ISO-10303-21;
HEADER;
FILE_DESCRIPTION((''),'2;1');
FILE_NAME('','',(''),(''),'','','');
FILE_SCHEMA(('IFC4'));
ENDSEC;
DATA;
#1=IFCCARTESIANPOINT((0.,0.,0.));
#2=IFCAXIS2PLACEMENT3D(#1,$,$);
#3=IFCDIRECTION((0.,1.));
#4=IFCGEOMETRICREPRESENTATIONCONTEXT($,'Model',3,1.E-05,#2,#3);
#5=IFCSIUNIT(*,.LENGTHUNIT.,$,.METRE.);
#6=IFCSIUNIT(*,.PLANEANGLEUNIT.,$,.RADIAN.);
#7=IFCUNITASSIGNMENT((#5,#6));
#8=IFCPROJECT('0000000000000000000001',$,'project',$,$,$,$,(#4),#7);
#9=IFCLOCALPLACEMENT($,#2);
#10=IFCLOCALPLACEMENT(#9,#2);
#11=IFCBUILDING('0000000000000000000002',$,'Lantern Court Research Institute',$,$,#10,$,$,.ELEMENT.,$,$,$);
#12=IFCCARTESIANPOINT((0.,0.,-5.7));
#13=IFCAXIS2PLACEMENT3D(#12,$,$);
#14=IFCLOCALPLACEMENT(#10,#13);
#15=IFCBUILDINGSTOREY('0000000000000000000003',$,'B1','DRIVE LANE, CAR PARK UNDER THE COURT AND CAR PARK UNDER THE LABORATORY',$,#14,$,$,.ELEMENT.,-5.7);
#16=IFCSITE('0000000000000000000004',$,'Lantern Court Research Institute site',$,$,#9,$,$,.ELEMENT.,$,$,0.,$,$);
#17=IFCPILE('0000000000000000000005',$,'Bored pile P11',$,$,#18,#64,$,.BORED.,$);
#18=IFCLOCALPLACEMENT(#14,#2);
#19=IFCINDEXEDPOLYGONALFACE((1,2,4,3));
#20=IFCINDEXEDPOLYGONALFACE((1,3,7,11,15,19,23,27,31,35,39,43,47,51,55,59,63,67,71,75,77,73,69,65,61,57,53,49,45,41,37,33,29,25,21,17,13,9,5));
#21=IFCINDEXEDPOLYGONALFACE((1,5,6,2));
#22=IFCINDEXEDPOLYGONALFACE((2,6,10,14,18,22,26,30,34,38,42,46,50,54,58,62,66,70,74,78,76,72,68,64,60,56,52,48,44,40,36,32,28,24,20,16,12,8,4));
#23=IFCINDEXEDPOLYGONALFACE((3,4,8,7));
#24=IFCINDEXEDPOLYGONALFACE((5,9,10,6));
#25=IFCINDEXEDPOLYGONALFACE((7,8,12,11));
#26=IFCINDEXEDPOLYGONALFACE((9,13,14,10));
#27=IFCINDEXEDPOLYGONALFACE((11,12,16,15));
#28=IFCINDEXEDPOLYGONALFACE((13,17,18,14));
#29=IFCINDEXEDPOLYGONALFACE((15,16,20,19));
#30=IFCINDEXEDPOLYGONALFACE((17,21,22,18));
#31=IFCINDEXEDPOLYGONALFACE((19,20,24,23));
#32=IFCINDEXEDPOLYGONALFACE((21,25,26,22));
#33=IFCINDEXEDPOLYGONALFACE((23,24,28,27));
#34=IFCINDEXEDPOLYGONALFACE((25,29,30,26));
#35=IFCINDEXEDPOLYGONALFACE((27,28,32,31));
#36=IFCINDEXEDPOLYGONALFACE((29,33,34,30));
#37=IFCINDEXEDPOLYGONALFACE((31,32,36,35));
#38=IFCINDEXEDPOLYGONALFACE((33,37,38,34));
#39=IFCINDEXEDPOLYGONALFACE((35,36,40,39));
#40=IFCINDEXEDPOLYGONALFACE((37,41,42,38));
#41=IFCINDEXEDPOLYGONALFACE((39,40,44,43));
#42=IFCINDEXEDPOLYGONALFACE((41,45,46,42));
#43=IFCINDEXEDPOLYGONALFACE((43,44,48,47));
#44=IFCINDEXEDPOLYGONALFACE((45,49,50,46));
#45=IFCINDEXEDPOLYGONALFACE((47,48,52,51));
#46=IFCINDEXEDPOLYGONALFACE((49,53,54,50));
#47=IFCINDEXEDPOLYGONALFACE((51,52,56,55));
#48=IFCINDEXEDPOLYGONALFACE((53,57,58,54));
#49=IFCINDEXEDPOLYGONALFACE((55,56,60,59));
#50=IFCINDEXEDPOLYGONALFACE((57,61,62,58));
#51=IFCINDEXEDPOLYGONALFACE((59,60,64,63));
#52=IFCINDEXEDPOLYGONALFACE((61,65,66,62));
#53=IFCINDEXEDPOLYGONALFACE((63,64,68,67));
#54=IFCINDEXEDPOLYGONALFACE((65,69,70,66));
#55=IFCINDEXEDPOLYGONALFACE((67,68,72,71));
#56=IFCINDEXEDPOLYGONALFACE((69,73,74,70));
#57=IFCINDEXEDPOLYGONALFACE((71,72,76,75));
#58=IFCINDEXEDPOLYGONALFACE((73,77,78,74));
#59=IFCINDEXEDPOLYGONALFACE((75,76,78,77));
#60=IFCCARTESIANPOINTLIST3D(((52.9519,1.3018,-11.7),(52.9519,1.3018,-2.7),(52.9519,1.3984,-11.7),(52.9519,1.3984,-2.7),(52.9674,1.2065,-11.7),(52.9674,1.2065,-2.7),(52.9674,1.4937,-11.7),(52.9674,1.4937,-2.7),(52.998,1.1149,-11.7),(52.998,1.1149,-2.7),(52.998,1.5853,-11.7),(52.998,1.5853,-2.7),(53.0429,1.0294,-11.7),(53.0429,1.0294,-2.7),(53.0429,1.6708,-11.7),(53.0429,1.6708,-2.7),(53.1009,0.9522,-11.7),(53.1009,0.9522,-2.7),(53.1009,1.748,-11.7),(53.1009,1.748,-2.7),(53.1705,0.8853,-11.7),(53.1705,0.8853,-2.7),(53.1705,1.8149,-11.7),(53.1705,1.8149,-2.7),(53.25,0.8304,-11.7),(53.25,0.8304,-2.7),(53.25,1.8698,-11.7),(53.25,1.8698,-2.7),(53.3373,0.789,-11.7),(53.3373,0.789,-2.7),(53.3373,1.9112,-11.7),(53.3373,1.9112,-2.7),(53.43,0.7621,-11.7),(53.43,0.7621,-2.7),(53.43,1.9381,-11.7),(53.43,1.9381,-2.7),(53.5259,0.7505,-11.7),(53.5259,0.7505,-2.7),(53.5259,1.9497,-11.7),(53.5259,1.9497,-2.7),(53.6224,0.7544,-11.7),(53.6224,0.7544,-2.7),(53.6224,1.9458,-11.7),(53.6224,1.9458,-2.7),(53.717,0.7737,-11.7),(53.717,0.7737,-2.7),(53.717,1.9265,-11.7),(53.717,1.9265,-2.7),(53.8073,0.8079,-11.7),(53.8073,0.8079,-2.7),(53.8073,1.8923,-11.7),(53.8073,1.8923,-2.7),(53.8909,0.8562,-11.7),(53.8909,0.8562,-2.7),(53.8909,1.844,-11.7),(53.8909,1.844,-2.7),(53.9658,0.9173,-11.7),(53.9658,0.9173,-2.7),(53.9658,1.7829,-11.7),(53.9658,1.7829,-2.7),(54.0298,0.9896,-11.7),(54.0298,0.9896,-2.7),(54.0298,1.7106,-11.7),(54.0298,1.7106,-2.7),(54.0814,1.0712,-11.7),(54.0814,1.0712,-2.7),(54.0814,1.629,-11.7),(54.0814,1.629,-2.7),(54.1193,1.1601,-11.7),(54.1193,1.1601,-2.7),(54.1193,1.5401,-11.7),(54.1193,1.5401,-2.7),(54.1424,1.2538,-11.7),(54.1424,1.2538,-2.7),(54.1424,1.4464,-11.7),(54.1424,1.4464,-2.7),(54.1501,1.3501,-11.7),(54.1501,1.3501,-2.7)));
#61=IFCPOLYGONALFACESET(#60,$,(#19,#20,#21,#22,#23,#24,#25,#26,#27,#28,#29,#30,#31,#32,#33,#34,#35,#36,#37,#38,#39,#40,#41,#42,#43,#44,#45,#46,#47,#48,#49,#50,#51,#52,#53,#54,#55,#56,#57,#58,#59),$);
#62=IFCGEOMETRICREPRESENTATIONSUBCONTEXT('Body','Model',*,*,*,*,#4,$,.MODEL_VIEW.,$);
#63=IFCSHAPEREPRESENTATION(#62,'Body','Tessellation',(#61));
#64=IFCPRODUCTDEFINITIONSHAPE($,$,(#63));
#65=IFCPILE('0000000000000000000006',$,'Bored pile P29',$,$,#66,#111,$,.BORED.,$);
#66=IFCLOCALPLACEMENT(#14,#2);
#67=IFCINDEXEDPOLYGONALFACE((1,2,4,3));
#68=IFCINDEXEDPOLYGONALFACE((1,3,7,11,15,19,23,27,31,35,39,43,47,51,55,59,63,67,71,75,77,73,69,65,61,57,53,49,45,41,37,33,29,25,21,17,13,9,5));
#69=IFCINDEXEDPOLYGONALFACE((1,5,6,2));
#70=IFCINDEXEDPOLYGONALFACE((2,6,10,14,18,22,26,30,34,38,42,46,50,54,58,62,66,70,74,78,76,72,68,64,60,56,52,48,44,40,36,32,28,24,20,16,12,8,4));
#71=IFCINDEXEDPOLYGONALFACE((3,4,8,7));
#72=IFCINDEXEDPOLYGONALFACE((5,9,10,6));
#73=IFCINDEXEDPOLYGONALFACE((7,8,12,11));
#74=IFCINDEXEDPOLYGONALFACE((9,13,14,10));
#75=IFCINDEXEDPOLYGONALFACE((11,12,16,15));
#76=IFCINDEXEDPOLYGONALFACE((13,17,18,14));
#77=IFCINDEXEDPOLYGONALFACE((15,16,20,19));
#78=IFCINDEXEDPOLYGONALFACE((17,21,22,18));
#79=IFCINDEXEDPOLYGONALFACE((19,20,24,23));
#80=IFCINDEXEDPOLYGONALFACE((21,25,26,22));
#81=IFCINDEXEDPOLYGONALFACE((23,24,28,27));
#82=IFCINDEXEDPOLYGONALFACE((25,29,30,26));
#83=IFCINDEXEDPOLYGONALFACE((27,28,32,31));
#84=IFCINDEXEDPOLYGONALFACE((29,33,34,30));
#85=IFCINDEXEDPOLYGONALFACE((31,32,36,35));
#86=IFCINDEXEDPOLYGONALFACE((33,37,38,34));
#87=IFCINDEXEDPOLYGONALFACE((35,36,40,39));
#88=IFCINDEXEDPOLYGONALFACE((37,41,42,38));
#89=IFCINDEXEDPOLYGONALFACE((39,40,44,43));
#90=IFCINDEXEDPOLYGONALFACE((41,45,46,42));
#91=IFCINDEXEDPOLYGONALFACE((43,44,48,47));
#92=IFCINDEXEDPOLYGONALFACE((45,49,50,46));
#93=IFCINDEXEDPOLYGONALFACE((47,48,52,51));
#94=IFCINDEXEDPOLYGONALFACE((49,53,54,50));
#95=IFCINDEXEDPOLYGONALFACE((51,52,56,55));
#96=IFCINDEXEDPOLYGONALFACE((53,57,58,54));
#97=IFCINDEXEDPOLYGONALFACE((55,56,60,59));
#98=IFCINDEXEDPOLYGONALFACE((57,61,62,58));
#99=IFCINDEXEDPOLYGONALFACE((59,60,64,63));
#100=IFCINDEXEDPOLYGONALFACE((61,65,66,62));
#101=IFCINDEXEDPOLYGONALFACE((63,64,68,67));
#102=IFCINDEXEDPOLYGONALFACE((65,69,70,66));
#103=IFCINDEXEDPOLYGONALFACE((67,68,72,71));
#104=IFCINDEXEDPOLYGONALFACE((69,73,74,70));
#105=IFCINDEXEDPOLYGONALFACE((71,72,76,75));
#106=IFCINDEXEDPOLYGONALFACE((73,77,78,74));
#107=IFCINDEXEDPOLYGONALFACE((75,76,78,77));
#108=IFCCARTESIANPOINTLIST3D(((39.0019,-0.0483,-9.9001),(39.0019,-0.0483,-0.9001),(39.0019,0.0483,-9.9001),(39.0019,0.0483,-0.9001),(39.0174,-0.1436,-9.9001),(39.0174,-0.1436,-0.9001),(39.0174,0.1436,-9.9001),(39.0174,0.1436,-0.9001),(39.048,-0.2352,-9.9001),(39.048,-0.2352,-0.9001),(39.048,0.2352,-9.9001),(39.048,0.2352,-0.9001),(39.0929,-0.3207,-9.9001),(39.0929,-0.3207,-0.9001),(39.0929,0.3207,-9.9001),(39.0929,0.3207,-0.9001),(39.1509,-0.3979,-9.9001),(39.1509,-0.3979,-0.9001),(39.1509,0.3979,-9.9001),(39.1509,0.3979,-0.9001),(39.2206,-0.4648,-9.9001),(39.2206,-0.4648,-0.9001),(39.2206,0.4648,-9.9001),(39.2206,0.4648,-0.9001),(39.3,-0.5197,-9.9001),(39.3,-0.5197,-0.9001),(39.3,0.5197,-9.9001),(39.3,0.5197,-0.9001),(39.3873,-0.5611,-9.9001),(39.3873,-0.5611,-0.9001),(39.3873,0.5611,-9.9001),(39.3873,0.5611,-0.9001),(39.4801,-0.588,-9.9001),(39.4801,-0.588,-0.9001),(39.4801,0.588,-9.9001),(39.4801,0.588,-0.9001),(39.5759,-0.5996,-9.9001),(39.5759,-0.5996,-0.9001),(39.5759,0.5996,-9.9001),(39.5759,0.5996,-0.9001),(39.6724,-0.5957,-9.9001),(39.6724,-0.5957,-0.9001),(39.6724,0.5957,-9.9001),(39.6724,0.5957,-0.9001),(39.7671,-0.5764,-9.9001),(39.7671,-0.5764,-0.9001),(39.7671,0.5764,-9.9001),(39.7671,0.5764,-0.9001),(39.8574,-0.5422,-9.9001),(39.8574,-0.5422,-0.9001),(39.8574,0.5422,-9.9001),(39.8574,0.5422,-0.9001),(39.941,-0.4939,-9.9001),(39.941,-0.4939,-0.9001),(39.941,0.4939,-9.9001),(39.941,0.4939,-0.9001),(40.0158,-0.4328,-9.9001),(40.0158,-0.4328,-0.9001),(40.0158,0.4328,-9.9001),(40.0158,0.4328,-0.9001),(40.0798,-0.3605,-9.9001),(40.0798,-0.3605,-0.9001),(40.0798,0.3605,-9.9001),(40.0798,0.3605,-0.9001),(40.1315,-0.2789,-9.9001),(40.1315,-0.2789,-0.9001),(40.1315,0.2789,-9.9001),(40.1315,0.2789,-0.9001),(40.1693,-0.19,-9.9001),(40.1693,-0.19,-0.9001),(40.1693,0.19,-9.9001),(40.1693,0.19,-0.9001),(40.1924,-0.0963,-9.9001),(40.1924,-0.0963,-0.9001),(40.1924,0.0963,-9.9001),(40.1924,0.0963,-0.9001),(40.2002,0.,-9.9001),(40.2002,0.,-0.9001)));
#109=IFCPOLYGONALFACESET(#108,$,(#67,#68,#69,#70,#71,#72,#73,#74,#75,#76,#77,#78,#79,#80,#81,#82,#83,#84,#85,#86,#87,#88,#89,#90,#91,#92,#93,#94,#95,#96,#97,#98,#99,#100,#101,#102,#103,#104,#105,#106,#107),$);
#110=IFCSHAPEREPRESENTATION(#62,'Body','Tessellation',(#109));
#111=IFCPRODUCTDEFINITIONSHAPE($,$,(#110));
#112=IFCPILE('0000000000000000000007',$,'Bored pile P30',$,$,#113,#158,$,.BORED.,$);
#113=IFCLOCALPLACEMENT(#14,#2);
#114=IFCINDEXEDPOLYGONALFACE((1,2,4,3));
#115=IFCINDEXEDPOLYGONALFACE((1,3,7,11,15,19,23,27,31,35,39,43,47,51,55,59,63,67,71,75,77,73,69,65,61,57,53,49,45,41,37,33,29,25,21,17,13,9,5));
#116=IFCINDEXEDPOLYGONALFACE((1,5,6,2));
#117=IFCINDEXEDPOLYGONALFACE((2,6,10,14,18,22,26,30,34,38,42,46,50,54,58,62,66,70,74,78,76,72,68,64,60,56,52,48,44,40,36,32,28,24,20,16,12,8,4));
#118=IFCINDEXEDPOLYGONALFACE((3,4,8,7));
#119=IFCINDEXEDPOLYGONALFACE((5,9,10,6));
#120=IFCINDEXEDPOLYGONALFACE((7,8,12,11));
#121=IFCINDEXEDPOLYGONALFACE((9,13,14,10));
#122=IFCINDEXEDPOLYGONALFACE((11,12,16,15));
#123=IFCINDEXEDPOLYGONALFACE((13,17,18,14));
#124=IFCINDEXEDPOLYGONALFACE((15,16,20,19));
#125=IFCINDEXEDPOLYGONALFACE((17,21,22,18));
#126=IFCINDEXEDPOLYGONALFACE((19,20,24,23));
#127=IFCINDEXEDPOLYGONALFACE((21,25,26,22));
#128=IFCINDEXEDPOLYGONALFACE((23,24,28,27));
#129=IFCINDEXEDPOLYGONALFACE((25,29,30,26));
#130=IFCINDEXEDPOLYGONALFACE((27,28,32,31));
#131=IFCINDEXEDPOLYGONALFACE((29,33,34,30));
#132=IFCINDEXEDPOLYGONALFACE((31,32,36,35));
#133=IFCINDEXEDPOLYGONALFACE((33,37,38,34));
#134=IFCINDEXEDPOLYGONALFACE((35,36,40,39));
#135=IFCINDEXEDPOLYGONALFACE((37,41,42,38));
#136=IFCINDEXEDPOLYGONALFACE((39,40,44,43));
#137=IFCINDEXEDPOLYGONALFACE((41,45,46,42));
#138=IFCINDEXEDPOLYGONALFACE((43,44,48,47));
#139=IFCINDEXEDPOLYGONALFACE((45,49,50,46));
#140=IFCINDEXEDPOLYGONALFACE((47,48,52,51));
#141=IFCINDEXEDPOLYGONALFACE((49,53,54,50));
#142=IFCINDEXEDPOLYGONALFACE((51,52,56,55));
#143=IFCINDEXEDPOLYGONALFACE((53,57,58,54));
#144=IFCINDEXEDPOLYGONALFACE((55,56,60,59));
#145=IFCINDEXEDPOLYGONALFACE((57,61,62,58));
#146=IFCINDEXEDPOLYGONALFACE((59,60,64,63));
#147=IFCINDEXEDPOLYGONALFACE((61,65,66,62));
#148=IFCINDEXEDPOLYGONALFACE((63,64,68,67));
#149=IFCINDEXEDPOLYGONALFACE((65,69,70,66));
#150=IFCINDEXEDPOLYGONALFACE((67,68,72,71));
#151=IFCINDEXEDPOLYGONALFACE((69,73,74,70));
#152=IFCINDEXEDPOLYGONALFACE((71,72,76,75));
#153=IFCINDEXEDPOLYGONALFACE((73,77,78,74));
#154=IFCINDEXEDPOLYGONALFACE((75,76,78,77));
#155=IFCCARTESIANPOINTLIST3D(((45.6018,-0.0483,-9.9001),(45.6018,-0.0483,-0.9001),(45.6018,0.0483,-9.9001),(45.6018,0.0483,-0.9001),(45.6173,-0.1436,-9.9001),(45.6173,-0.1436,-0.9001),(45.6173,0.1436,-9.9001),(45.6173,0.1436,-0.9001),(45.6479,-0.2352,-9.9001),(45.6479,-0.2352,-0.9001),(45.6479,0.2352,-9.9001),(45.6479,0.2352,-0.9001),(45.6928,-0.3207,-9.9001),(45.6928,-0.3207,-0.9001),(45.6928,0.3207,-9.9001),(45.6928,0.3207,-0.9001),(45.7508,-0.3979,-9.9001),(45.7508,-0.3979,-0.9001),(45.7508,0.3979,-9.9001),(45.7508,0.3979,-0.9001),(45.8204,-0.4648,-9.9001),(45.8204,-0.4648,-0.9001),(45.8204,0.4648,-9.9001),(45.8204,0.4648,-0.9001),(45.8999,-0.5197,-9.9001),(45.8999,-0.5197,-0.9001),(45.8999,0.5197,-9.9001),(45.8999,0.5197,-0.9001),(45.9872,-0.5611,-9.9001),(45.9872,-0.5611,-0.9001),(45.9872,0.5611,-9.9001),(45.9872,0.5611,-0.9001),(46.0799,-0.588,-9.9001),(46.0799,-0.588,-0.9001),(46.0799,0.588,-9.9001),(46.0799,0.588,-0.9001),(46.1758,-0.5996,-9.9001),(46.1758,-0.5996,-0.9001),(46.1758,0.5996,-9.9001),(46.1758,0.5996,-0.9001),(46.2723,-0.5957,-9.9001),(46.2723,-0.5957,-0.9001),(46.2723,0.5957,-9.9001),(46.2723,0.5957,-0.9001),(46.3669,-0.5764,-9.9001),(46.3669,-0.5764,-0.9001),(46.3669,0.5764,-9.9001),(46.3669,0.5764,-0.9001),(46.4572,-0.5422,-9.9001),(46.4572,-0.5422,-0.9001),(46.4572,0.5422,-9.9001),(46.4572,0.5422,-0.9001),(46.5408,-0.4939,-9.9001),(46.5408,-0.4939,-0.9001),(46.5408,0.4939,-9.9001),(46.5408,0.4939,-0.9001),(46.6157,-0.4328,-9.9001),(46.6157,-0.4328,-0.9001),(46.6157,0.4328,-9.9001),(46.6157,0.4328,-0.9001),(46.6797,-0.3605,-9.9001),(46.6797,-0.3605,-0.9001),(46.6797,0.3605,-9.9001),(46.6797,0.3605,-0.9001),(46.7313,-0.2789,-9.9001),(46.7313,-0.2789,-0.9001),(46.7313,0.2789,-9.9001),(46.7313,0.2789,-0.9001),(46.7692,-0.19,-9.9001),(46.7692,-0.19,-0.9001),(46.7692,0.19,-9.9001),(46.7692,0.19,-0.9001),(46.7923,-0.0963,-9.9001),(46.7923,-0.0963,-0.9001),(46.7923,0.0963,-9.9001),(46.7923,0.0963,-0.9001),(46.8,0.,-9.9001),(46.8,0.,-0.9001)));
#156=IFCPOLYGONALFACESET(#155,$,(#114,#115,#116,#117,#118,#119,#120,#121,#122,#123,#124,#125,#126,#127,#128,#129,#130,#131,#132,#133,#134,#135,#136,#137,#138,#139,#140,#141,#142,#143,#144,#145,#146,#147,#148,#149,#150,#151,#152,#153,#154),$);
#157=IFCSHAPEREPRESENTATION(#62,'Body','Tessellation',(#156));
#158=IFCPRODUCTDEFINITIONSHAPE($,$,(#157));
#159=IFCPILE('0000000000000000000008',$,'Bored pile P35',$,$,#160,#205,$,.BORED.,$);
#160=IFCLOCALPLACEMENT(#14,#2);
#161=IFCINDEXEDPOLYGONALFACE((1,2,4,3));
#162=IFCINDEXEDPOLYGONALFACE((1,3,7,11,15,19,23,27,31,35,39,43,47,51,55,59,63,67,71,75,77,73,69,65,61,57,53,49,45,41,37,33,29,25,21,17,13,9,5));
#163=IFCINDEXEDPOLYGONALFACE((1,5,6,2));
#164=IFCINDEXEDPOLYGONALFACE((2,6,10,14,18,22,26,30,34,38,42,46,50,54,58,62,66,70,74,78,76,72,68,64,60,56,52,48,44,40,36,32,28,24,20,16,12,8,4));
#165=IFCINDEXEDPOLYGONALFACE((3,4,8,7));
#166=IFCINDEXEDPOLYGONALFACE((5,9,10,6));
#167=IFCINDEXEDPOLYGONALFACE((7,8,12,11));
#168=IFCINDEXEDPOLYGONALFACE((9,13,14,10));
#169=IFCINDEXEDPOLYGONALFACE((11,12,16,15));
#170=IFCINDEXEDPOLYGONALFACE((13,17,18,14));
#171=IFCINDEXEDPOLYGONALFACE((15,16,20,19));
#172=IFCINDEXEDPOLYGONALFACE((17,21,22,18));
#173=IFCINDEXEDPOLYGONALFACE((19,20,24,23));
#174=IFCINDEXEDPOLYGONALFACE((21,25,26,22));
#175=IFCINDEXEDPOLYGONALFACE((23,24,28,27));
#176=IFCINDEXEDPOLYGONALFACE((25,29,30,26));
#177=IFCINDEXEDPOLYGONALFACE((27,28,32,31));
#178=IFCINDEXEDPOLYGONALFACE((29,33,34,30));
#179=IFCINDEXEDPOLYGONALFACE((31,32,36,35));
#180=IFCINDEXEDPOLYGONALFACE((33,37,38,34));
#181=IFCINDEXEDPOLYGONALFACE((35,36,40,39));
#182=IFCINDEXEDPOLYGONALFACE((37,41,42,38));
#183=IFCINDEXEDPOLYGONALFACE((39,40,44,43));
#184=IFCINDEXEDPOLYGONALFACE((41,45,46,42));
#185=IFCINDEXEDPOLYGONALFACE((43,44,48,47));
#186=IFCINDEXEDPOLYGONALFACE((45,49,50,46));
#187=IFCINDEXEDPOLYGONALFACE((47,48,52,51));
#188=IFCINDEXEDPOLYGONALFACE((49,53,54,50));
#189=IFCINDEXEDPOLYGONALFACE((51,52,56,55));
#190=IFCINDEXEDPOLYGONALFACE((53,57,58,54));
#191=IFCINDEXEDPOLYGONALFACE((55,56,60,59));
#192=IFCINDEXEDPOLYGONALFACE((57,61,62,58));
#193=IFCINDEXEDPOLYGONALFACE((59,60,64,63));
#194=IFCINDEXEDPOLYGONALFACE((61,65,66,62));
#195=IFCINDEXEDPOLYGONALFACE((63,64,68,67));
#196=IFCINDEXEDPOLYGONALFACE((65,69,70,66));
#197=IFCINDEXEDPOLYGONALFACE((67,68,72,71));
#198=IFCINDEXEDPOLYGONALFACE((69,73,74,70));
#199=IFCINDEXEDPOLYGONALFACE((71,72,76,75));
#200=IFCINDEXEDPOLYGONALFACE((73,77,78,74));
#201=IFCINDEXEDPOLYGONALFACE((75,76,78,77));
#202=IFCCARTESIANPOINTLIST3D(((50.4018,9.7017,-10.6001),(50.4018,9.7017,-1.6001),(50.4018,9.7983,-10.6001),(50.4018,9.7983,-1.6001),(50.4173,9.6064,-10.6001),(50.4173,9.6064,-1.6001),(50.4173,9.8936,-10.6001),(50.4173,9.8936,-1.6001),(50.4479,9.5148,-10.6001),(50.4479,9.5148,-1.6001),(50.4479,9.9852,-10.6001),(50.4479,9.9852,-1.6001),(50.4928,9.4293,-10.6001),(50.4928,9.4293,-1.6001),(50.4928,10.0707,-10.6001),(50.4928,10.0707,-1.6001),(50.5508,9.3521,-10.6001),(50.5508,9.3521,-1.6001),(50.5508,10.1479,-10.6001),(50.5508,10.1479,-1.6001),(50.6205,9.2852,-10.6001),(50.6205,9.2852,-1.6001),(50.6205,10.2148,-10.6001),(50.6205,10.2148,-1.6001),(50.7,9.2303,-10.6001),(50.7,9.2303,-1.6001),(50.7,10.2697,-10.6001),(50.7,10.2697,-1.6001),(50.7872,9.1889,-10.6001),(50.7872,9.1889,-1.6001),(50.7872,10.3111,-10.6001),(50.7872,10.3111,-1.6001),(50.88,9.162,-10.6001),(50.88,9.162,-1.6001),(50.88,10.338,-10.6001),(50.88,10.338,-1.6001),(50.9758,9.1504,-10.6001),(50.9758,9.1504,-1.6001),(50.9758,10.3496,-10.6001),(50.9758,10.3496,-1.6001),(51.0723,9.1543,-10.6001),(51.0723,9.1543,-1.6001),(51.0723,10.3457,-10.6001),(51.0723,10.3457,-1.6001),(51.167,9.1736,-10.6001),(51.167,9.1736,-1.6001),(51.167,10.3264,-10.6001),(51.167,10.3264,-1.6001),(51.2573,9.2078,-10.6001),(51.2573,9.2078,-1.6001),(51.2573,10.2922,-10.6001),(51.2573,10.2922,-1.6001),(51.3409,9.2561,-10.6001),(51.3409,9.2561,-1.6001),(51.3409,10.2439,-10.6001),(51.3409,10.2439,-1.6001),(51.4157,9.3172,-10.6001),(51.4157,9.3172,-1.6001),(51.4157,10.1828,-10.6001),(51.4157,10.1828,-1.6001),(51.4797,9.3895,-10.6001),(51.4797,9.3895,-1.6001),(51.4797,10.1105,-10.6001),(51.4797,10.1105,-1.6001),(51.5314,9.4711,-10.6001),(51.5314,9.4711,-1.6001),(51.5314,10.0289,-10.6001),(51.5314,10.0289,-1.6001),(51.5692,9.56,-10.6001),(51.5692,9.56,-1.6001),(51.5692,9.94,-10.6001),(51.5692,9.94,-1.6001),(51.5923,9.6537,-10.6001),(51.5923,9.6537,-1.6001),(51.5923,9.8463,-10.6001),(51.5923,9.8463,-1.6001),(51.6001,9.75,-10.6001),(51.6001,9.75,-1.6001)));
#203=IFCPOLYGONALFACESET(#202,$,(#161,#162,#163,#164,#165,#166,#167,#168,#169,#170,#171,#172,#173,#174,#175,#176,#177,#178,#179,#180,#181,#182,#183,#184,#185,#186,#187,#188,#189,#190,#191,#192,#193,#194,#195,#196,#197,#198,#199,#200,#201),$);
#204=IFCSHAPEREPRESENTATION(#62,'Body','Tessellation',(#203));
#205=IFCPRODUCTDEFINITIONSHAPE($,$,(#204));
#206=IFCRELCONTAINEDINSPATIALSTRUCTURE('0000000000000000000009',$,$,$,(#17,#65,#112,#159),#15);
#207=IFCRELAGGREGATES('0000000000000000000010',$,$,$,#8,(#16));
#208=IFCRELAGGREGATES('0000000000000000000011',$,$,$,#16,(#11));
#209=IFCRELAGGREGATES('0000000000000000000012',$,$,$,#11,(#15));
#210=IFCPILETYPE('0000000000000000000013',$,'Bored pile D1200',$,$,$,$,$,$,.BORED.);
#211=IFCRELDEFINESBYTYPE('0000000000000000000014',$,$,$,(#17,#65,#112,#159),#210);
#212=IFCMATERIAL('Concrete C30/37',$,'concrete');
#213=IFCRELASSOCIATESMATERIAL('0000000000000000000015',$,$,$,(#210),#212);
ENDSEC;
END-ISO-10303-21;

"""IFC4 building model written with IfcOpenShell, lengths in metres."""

from ifc_helpers import new_model, si_unit, direction, frame, origin, origin_2d, place, context, subcontext, project, spatial, circle, extrude, material, material_profile, profile_set, type_object, element, save


model = new_model("IFC4")

# Units and contexts
model_context = context("Model", 3, precision=1e-05, world=origin(), true_north=direction((0.0, 1.0)))
body_context = subcontext(model_context, "Body", "Model", "MODEL_VIEW")
ifc_project = project(units=[si_unit("LENGTHUNIT", "METRE"), si_unit("PLANEANGLEUNIT", "RADIAN")], contexts=[model_context])

# Site, building, storey
site_placement = place(None, origin())
site = spatial("IfcSite", under=ifc_project, at=site_placement, Name="Lantern Court Research Institute site", CompositionType="ELEMENT", RefElevation=0.0)
building_placement = place(site_placement, origin())
building = spatial("IfcBuilding", under=site, at=building_placement, Name="Lantern Court Research Institute", CompositionType="ELEMENT")
storey_placement = place(building_placement, frame((0.0, 0.0, -5.7)))
storey = spatial("IfcBuildingStorey", under=building, at=storey_placement, Name="B1", Description="DRIVE LANE, CAR PARK UNDER THE COURT AND CAR PARK UNDER THE LABORATORY", CompositionType="ELEMENT", Elevation=-5.7)

# Piles
ifc_material_1 = material(Name="Concrete C30/37", Category="concrete")
ifc_material_profile_1 = material_profile(ifc_material_1, circle(Radius=0.6001, at=origin_2d()), Name="Bored pile D1200")
ifc_profile_set_1 = profile_set([ifc_material_profile_1], Name="Concrete C30/37")
pile_type = type_object("IfcPileType", Name="Bored pile D1200", PredefinedType="BORED", material=ifc_profile_set_1)
for number, where, z_axis, x_axis, name in (
    (1, (53.55, 1.3501, -2.7), (0.0, 0.0, -1.0), (1.0, 0.0, 0.0), "Bored pile P11"),
    (2, (39.6001, 0.0, -0.9001), (0.0, 0.0, -1.0), (1.0, 0.0, 0.0), "Bored pile P29"),
    (3, (46.2, 0.0, -0.9001), (0.0, 0.0, -1.0), (1.0, 0.0, 0.0), "Bored pile P30"),
    (4, (51.0, 9.75, -1.6001), (0.0, 0.0, -1.0), (1.0, 0.0, 0.0), "Bored pile P35"),
):
    element("IfcPile", number, at=place(storey_placement, frame(where, z_axis=z_axis, x_axis=x_axis)), inside=storey, type_object=pile_type, Name=name, PredefinedType="BORED", context=body_context, shape_type="SweptSolid", body=[
        extrude(circle(Radius=0.6001, at=origin_2d()), origin(), (0.0, 0.0, 1.0), 9.0),
    ])

save(model, "model.ifc")
